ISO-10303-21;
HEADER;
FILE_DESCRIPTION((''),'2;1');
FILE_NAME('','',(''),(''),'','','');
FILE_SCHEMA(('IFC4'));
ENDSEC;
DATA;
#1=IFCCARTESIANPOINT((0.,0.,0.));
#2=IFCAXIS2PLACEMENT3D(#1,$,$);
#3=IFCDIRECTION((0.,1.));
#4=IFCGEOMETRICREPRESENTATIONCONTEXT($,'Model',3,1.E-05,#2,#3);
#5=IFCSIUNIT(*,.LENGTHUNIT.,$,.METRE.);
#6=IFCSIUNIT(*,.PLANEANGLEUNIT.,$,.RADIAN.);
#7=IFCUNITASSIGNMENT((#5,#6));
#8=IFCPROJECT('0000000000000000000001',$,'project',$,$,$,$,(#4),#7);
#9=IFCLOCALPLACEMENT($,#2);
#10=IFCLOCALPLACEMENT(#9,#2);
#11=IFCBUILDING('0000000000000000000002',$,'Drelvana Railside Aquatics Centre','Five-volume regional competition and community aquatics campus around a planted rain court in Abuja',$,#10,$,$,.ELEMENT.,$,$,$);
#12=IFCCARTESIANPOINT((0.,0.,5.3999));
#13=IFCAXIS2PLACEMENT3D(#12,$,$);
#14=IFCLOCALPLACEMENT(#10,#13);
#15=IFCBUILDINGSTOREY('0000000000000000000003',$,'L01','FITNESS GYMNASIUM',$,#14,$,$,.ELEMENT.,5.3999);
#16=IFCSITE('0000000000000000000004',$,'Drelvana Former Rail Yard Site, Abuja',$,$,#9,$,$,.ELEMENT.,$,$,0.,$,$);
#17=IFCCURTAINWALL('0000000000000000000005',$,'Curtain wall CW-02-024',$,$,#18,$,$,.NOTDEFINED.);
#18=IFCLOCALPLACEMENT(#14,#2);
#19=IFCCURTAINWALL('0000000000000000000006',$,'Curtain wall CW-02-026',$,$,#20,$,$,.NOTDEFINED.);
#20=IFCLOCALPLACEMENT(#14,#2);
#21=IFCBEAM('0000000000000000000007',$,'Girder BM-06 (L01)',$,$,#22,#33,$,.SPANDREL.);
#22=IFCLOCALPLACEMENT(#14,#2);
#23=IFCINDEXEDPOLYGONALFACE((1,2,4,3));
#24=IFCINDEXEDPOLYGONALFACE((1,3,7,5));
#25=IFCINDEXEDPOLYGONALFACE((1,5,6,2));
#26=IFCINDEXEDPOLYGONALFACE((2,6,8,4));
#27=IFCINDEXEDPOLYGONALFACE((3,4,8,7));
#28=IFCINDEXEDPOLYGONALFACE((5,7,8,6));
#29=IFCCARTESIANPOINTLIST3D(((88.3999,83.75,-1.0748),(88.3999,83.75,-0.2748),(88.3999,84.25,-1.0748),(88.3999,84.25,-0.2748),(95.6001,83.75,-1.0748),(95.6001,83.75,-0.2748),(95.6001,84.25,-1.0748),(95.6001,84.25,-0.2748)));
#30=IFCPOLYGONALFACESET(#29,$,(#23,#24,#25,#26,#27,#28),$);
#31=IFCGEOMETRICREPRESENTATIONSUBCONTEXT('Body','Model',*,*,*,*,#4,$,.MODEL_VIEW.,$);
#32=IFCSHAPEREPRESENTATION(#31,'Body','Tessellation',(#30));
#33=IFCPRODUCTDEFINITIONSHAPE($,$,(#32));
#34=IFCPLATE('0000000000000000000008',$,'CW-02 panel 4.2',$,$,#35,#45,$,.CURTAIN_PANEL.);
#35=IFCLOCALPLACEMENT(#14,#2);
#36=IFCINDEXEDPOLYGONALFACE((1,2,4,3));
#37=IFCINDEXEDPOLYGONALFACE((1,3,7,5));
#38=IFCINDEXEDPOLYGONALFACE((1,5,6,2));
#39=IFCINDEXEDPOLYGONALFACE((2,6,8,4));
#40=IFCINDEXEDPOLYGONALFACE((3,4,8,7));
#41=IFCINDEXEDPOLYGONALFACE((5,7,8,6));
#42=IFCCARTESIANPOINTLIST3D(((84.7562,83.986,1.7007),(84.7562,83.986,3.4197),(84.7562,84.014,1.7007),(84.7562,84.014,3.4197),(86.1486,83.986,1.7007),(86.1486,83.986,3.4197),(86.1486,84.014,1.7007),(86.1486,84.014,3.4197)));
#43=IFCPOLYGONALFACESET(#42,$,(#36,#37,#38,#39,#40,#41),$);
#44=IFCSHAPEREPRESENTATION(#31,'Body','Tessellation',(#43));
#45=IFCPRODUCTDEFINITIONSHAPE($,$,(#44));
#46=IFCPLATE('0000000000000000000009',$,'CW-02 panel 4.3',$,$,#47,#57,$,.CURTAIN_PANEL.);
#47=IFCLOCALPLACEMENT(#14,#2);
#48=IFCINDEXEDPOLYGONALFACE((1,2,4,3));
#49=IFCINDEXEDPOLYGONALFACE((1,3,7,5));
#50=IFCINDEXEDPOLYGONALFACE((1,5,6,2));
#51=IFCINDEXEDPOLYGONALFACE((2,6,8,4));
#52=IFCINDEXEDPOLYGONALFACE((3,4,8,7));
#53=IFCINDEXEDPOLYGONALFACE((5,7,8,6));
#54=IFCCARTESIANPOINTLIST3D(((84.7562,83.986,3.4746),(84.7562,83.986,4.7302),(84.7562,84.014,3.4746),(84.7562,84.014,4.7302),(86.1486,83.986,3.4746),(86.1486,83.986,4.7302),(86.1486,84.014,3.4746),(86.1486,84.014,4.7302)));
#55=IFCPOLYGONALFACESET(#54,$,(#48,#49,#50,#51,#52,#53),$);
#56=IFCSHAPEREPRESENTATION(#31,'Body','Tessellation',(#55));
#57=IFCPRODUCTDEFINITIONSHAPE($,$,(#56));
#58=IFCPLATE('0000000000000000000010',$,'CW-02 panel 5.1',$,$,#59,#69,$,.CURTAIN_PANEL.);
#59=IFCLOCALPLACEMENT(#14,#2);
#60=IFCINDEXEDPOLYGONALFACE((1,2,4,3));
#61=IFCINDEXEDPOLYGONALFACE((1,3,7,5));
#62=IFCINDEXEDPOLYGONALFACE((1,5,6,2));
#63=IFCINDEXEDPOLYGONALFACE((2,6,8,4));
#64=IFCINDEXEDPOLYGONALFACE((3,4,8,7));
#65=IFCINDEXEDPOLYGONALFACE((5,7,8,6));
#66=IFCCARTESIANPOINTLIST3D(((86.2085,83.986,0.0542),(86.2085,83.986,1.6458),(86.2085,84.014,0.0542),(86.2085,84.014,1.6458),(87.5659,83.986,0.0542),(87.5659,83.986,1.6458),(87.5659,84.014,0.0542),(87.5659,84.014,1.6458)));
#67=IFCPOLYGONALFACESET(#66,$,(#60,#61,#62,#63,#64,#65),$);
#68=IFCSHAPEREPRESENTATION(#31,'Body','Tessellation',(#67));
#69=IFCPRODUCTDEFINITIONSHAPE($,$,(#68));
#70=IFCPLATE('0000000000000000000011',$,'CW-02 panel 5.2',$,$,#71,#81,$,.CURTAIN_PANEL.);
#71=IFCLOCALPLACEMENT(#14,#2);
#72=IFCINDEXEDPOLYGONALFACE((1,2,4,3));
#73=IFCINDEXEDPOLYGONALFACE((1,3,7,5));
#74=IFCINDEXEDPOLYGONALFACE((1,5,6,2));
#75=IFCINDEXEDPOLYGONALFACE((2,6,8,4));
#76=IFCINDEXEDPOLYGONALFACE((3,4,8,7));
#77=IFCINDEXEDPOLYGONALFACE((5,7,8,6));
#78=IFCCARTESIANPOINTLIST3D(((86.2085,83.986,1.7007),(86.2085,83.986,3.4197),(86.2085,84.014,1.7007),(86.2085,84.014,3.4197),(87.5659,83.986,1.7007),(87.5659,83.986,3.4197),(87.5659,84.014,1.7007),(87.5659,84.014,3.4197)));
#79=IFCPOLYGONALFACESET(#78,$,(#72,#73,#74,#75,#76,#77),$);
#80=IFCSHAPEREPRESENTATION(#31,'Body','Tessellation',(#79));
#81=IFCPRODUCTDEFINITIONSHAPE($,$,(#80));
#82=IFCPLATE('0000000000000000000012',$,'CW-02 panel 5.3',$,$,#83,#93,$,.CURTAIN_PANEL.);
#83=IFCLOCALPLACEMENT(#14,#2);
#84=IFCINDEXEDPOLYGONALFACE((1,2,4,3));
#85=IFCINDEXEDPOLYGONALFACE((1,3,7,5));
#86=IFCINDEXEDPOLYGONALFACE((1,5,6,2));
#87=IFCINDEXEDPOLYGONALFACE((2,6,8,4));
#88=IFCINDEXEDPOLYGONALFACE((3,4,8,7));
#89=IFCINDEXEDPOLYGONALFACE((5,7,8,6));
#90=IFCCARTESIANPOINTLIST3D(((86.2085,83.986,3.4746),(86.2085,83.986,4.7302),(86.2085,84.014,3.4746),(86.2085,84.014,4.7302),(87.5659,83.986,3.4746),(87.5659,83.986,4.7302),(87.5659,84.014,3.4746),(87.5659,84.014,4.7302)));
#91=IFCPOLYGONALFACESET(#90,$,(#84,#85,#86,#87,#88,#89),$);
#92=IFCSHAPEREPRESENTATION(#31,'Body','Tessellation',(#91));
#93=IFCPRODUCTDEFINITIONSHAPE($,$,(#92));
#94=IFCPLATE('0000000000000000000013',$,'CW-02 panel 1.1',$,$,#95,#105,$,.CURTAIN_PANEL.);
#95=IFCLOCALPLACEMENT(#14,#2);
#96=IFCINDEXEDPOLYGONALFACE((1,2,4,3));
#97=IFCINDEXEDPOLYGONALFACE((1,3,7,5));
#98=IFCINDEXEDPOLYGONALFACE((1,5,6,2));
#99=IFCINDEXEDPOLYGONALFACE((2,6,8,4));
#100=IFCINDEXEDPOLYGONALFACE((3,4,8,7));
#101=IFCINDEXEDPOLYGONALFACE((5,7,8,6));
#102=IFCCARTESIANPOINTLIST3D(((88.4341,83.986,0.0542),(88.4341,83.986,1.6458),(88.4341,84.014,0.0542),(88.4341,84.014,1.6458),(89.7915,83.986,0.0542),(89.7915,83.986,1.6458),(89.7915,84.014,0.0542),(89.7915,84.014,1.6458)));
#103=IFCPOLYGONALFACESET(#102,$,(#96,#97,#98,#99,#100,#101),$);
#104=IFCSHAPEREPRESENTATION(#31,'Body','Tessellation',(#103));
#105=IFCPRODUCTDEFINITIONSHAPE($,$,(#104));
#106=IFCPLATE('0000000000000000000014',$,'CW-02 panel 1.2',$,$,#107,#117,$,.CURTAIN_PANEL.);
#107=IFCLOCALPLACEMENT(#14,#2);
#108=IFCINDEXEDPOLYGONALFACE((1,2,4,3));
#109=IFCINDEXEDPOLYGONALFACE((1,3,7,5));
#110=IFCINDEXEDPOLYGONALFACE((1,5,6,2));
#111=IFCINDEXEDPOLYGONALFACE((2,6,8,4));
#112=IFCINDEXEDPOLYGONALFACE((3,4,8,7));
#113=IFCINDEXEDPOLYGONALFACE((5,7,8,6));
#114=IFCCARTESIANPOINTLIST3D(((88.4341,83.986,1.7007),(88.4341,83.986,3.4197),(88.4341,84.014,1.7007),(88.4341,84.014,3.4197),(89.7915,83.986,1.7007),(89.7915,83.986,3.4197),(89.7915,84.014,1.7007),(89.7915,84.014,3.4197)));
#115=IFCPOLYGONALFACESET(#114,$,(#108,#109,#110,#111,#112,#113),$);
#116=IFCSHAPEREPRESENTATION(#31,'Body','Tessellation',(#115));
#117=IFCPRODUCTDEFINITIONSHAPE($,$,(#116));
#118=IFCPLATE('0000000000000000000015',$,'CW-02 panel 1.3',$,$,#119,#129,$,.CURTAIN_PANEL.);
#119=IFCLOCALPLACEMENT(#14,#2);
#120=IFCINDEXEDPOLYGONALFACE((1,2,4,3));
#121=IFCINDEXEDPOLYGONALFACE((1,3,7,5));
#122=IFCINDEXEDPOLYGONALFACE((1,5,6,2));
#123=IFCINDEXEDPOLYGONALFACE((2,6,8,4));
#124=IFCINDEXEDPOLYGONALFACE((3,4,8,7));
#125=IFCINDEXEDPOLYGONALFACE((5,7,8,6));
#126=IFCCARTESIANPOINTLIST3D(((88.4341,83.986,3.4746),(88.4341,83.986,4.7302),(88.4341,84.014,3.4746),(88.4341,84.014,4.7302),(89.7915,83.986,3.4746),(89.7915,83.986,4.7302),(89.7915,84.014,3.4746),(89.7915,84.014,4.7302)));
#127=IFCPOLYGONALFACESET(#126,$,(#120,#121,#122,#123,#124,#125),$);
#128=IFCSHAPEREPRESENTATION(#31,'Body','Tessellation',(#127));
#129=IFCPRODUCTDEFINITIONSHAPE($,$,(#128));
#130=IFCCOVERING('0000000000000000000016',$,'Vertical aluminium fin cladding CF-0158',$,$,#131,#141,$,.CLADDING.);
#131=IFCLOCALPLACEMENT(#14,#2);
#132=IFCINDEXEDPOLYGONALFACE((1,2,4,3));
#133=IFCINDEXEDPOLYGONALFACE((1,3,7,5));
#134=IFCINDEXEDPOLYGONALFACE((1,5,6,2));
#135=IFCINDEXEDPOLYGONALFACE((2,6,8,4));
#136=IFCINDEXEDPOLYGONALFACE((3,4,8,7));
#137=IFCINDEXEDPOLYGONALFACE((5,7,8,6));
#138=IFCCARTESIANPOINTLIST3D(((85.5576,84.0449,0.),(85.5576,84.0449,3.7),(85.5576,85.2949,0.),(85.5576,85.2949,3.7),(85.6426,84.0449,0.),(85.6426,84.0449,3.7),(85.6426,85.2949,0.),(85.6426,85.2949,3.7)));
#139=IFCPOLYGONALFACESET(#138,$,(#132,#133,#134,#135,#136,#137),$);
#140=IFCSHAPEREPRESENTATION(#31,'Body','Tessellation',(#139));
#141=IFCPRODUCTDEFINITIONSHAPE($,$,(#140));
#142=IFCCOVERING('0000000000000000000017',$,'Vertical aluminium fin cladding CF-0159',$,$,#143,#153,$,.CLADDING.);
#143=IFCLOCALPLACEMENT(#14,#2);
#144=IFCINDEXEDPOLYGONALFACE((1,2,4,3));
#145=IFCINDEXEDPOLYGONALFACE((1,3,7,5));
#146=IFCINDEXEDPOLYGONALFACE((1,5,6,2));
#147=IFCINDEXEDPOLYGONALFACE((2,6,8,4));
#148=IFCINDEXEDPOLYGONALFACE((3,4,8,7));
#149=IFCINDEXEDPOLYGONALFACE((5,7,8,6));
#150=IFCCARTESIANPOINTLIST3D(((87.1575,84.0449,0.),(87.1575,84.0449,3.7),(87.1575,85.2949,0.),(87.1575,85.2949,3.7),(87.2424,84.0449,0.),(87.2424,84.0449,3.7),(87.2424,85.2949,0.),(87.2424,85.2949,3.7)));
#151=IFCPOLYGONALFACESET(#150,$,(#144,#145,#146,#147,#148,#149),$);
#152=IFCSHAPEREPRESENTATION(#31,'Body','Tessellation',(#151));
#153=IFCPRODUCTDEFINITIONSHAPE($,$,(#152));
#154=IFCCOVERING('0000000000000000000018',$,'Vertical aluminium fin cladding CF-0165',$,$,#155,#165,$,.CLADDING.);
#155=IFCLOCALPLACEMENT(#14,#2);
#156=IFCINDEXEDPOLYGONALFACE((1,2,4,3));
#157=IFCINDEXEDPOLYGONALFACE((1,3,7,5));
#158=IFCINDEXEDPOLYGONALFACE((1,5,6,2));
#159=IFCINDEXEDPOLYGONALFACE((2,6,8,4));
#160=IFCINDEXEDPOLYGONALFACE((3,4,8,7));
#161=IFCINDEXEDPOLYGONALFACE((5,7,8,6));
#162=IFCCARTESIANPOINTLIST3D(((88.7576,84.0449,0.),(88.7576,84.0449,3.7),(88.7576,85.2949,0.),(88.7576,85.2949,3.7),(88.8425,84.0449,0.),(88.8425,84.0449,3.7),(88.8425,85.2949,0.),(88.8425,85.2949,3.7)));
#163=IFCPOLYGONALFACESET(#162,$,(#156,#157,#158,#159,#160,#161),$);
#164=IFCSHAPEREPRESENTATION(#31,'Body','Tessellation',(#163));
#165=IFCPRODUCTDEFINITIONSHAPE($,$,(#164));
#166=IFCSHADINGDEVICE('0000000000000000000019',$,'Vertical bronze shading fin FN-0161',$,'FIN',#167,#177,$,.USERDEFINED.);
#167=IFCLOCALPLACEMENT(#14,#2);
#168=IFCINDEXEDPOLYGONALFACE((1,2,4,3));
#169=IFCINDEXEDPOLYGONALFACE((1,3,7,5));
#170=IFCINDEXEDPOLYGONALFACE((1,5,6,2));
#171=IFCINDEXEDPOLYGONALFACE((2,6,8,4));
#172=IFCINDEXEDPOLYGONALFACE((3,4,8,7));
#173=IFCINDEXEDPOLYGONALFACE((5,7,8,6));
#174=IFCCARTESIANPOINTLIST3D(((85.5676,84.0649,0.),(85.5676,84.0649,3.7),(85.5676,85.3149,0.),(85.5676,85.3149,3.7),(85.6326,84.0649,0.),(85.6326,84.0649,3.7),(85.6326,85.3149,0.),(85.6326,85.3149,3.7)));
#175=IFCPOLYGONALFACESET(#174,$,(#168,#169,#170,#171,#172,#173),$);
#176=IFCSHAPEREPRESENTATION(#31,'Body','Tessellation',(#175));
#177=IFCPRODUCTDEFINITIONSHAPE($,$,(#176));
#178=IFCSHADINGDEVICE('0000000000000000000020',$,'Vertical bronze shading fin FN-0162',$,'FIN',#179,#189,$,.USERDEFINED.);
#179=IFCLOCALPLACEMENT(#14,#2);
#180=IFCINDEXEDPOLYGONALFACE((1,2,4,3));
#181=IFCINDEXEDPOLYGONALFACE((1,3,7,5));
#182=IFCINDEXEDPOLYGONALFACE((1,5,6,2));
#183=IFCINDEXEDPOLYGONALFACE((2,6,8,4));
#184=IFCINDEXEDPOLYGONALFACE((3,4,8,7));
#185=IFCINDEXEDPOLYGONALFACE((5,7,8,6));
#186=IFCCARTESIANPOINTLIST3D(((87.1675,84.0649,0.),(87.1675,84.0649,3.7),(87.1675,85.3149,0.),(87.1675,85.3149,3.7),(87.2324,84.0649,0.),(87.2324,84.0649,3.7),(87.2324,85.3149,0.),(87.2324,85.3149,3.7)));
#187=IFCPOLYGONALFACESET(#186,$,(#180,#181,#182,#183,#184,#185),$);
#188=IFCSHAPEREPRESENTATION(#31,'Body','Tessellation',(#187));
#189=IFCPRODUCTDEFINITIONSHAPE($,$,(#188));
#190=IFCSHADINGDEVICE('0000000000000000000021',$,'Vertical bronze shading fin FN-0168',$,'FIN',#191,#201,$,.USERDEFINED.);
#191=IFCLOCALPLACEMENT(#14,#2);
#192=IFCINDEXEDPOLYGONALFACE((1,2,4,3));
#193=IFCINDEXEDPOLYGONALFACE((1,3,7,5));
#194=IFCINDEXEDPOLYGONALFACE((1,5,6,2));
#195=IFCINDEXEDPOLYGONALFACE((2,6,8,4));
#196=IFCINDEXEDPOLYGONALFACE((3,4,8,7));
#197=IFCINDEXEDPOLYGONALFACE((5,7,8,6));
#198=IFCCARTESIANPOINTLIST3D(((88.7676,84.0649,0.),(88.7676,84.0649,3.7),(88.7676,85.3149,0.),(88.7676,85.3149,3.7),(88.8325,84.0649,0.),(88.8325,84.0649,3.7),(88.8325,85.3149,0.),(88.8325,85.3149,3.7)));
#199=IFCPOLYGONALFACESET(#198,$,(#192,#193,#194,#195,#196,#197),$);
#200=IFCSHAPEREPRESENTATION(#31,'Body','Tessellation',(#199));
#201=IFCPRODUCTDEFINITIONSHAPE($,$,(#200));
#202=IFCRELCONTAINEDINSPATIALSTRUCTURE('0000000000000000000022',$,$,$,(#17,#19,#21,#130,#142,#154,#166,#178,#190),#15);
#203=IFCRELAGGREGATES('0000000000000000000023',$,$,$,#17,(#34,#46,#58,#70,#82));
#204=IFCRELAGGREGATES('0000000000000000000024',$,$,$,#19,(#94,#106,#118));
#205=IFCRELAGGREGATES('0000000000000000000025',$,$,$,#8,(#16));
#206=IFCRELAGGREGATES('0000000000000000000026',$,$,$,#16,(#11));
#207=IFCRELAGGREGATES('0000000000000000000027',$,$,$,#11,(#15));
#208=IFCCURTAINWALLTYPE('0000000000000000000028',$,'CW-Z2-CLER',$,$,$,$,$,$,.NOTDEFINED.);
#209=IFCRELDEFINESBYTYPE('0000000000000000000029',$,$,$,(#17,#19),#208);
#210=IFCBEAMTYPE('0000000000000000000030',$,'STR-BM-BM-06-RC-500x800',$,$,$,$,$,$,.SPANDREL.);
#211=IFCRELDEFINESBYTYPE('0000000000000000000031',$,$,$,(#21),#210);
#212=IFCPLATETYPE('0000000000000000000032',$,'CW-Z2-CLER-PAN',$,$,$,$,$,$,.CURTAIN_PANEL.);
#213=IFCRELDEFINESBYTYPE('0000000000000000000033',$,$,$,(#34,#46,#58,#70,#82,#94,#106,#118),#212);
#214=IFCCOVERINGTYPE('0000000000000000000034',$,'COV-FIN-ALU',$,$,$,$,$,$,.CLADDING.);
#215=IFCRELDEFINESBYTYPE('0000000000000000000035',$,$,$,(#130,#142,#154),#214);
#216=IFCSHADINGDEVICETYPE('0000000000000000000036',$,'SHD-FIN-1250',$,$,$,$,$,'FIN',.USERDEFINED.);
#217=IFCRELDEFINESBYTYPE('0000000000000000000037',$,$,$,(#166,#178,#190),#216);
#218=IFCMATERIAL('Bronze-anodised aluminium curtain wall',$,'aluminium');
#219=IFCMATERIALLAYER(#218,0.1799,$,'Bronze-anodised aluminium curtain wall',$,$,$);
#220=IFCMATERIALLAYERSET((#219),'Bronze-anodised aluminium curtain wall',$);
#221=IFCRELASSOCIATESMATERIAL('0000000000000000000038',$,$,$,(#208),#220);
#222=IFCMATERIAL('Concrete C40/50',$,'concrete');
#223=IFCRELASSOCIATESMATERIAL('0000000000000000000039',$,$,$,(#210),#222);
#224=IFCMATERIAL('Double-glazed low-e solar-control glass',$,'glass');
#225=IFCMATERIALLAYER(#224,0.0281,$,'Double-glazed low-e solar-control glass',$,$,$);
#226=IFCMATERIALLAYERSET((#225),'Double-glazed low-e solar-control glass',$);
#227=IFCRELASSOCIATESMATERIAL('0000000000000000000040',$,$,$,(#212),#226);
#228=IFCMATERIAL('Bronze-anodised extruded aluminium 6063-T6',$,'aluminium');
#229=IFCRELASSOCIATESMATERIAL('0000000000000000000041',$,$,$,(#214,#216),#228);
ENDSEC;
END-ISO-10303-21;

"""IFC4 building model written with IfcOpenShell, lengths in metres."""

from ifc_helpers import new_model, si_unit, direction, frame, origin, origin_2d, place, context, subcontext, project, spatial, rectangle, extrude, material, layer, layer_set, material_profile, profile_set, type_object, element, aggregate, save


model = new_model("IFC4")

# Units and contexts
model_context = context("Model", 3, precision=1e-05, world=origin(), true_north=direction((0.0, 1.0)))
body_context = subcontext(model_context, "Body", "Model", "MODEL_VIEW")
ifc_project = project(units=[si_unit("LENGTHUNIT", "METRE"), si_unit("PLANEANGLEUNIT", "RADIAN")], contexts=[model_context])

# Site, building, storey
site_placement = place(None, origin())
site = spatial("IfcSite", under=ifc_project, at=site_placement, Name="Drelvana Former Rail Yard Site, Abuja", CompositionType="ELEMENT", RefElevation=0.0)
building_placement = place(site_placement, origin())
building = spatial("IfcBuilding", under=site, at=building_placement, Name="Drelvana Railside Aquatics Centre", Description="Five-volume regional competition and community aquatics campus around a planted rain court in Abuja", CompositionType="ELEMENT")
storey_placement = place(building_placement, frame((0.0, 0.0, 5.3999)))
storey = spatial("IfcBuildingStorey", under=building, at=storey_placement, Name="L01", Description="FITNESS GYMNASIUM", CompositionType="ELEMENT", Elevation=5.3999)

# Shared definitions
ifc_material_1 = material(Name="Concrete C40/50", Category="concrete")

# Curtain walls
ifc_material_2 = material(Name="Bronze-anodised aluminium curtain wall", Category="aluminium")
ifc_layer_1 = layer(ifc_material_2, 0.1799, Name="Bronze-anodised aluminium curtain wall")
ifc_layer_set_1 = layer_set([ifc_layer_1], Name="Bronze-anodised aluminium curtain wall")
curtain_wall_type = type_object("IfcCurtainWallType", Name="CW-Z2-CLER", PredefinedType="NOTDEFINED", material=ifc_layer_set_1)
curtain_wall_1_placement = place(storey_placement, origin())
curtain_wall_1 = element("IfcCurtainWall", 1, at=curtain_wall_1_placement, inside=storey, type_object=curtain_wall_type, Name="Curtain wall CW-02-024", PredefinedType="NOTDEFINED")
curtain_wall_2_placement = place(storey_placement, origin())
curtain_wall_2 = element("IfcCurtainWall", 2, at=curtain_wall_2_placement, inside=storey, type_object=curtain_wall_type, Name="Curtain wall CW-02-026", PredefinedType="NOTDEFINED")

# Beam
ifc_material_profile_1 = material_profile(ifc_material_1, rectangle(XDim=0.5, YDim=0.8, at=origin_2d()), Name="RC 500x800")
ifc_profile_set_1 = profile_set([ifc_material_profile_1], Name="Concrete C40/50")
beam_type = type_object("IfcBeamType", Name="STR-BM-BM-06-RC-500x800", PredefinedType="SPANDREL", material=ifc_profile_set_1)
beam_placement = place(storey_placement, frame((88.3999, 84.0, -0.6748), z_axis=(1.0, 0.0, 0.0), x_axis=(0.0, 1.0, 0.0)))
element("IfcBeam", 3, at=beam_placement, inside=storey, type_object=beam_type, Name="Girder BM-06 (L01)", PredefinedType="SPANDREL", context=body_context, shape_type="SweptSolid", body=[
    extrude(rectangle(XDim=0.5, YDim=0.8, at=origin_2d()), origin(), (0.0, 0.0, 1.0), 7.2002),
])

# Plates
ifc_material_3 = material(Name="Double-glazed low-e solar-control glass", Category="glass")
ifc_layer_2 = layer(ifc_material_3, 0.0281, Name="Double-glazed low-e solar-control glass")
ifc_layer_set_2 = layer_set([ifc_layer_2], Name="Double-glazed low-e solar-control glass")
plate_type = type_object("IfcPlateType", Name="CW-Z2-CLER-PAN", PredefinedType="CURTAIN_PANEL", material=ifc_layer_set_2)
plate_1_placement = place(storey_placement, frame((85.4524, 84.0, 1.7007), z_axis=(0.0, 0.0, 1.0), x_axis=(1.0, 0.0, 0.0)))
plate_1 = element("IfcPlate", 4, at=plate_1_placement, type_object=plate_type, Name="CW-02 panel 4.2", PredefinedType="CURTAIN_PANEL", context=body_context, shape_type="SweptSolid", body=[
    extrude(rectangle(XDim=1.3923, YDim=0.0281, at=origin_2d()), origin(), (0.0, 0.0, 1.0), 1.719),
])
plate_2_placement = place(storey_placement, frame((85.4524, 84.0, 3.4746), z_axis=(0.0, 0.0, 1.0), x_axis=(1.0, 0.0, 0.0)))
plate_2 = element("IfcPlate", 5, at=plate_2_placement, type_object=plate_type, Name="CW-02 panel 4.3", PredefinedType="CURTAIN_PANEL", context=body_context, shape_type="SweptSolid", body=[
    extrude(rectangle(XDim=1.3923, YDim=0.0281, at=origin_2d()), origin(), (0.0, 0.0, 1.0), 1.2556),
])
plate_3_placement = place(storey_placement, frame((86.8872, 84.0, 0.0542), z_axis=(0.0, 0.0, 1.0), x_axis=(1.0, 0.0, 0.0)))
plate_3 = element("IfcPlate", 6, at=plate_3_placement, type_object=plate_type, Name="CW-02 panel 5.1", PredefinedType="CURTAIN_PANEL", context=body_context, shape_type="SweptSolid", body=[
    extrude(rectangle(XDim=1.3574, YDim=0.0281, at=origin_2d()), origin(), (0.0, 0.0, 1.0), 1.5916),
])
plate_4_placement = place(storey_placement, frame((86.8872, 84.0, 1.7007), z_axis=(0.0, 0.0, 1.0), x_axis=(1.0, 0.0, 0.0)))
plate_4 = element("IfcPlate", 7, at=plate_4_placement, type_object=plate_type, Name="CW-02 panel 5.2", PredefinedType="CURTAIN_PANEL", context=body_context, shape_type="SweptSolid", body=[
    extrude(rectangle(XDim=1.3574, YDim=0.0281, at=origin_2d()), origin(), (0.0, 0.0, 1.0), 1.719),
])
plate_5_placement = place(storey_placement, frame((86.8872, 84.0, 3.4746), z_axis=(0.0, 0.0, 1.0), x_axis=(1.0, 0.0, 0.0)))
plate_5 = element("IfcPlate", 8, at=plate_5_placement, type_object=plate_type, Name="CW-02 panel 5.3", PredefinedType="CURTAIN_PANEL", context=body_context, shape_type="SweptSolid", body=[
    extrude(rectangle(XDim=1.3574, YDim=0.0281, at=origin_2d()), origin(), (0.0, 0.0, 1.0), 1.2556),
])
aggregate(curtain_wall_1, [plate_1, plate_2, plate_3, plate_4, plate_5])
plate_6_placement = place(storey_placement, frame((89.1128, 84.0, 0.0542), z_axis=(0.0, 0.0, 1.0), x_axis=(1.0, 0.0, 0.0)))
plate_6 = element("IfcPlate", 9, at=plate_6_placement, type_object=plate_type, Name="CW-02 panel 1.1", PredefinedType="CURTAIN_PANEL", context=body_context, shape_type="SweptSolid", body=[
    extrude(rectangle(XDim=1.3574, YDim=0.0281, at=origin_2d()), origin(), (0.0, 0.0, 1.0), 1.5916),
])
plate_7_placement = place(storey_placement, frame((89.1128, 84.0, 1.7007), z_axis=(0.0, 0.0, 1.0), x_axis=(1.0, 0.0, 0.0)))
plate_7 = element("IfcPlate", 10, at=plate_7_placement, type_object=plate_type, Name="CW-02 panel 1.2", PredefinedType="CURTAIN_PANEL", context=body_context, shape_type="SweptSolid", body=[
    extrude(rectangle(XDim=1.3574, YDim=0.0281, at=origin_2d()), origin(), (0.0, 0.0, 1.0), 1.719),
])
plate_8_placement = place(storey_placement, frame((89.1128, 84.0, 3.4746), z_axis=(0.0, 0.0, 1.0), x_axis=(1.0, 0.0, 0.0)))
plate_8 = element("IfcPlate", 11, at=plate_8_placement, type_object=plate_type, Name="CW-02 panel 1.3", PredefinedType="CURTAIN_PANEL", context=body_context, shape_type="SweptSolid", body=[
    extrude(rectangle(XDim=1.3574, YDim=0.0281, at=origin_2d()), origin(), (0.0, 0.0, 1.0), 1.2556),
])
aggregate(curtain_wall_2, [plate_6, plate_7, plate_8])

# Coverings
ifc_material_4 = material(Name="Bronze-anodised extruded aluminium 6063-T6", Category="aluminium")
covering_type = type_object("IfcCoveringType", Name="COV-FIN-ALU", PredefinedType="CLADDING", material=ifc_material_4)
for number, where, z_axis, x_axis, name in (
    (12, (85.6001, 84.6699, 0.0), (0.0, 0.0, 1.0), (1.0, 0.0, 0.0), "Vertical aluminium fin cladding CF-0158"),
    (13, (87.2, 84.6699, 0.0), (0.0, 0.0, 1.0), (1.0, 0.0, 0.0), "Vertical aluminium fin cladding CF-0159"),
    (14, (88.8, 84.6699, 0.0), (0.0, 0.0, 1.0), (1.0, 0.0, 0.0), "Vertical aluminium fin cladding CF-0165"),
):
    element("IfcCovering", number, at=place(storey_placement, frame(where, z_axis=z_axis, x_axis=x_axis)), inside=storey, type_object=covering_type, Name=name, PredefinedType="CLADDING", context=body_context, shape_type="SweptSolid", body=[
        extrude(rectangle(XDim=0.085, YDim=1.25, at=origin_2d()), origin(), (0.0, 0.0, 1.0), 3.7),
    ])

# Shading devices
shading_device_type = type_object("IfcShadingDeviceType", Name="SHD-FIN-1250", ElementType="FIN", PredefinedType="USERDEFINED", material=ifc_material_4)
for number, where, z_axis, x_axis, name in (
    (15, (85.6001, 84.6899, 0.0), (0.0, 0.0, 1.0), (0.0, 1.0, 0.0), "Vertical bronze shading fin FN-0161"),
    (16, (87.2, 84.6899, 0.0), (0.0, 0.0, 1.0), (0.0, 1.0, 0.0), "Vertical bronze shading fin FN-0162"),
    (17, (88.8, 84.6899, 0.0), (0.0, 0.0, 1.0), (0.0, 1.0, 0.0), "Vertical bronze shading fin FN-0168"),
):
    element("IfcShadingDevice", number, at=place(storey_placement, frame(where, z_axis=z_axis, x_axis=x_axis)), inside=storey, type_object=shading_device_type, Name=name, ObjectType="FIN", PredefinedType="USERDEFINED", context=body_context, shape_type="SweptSolid", body=[
        extrude(rectangle(XDim=1.25, YDim=0.0649, at=origin_2d()), origin(), (0.0, 0.0, 1.0), 3.7),
    ])

save(model, "model.ifc")
